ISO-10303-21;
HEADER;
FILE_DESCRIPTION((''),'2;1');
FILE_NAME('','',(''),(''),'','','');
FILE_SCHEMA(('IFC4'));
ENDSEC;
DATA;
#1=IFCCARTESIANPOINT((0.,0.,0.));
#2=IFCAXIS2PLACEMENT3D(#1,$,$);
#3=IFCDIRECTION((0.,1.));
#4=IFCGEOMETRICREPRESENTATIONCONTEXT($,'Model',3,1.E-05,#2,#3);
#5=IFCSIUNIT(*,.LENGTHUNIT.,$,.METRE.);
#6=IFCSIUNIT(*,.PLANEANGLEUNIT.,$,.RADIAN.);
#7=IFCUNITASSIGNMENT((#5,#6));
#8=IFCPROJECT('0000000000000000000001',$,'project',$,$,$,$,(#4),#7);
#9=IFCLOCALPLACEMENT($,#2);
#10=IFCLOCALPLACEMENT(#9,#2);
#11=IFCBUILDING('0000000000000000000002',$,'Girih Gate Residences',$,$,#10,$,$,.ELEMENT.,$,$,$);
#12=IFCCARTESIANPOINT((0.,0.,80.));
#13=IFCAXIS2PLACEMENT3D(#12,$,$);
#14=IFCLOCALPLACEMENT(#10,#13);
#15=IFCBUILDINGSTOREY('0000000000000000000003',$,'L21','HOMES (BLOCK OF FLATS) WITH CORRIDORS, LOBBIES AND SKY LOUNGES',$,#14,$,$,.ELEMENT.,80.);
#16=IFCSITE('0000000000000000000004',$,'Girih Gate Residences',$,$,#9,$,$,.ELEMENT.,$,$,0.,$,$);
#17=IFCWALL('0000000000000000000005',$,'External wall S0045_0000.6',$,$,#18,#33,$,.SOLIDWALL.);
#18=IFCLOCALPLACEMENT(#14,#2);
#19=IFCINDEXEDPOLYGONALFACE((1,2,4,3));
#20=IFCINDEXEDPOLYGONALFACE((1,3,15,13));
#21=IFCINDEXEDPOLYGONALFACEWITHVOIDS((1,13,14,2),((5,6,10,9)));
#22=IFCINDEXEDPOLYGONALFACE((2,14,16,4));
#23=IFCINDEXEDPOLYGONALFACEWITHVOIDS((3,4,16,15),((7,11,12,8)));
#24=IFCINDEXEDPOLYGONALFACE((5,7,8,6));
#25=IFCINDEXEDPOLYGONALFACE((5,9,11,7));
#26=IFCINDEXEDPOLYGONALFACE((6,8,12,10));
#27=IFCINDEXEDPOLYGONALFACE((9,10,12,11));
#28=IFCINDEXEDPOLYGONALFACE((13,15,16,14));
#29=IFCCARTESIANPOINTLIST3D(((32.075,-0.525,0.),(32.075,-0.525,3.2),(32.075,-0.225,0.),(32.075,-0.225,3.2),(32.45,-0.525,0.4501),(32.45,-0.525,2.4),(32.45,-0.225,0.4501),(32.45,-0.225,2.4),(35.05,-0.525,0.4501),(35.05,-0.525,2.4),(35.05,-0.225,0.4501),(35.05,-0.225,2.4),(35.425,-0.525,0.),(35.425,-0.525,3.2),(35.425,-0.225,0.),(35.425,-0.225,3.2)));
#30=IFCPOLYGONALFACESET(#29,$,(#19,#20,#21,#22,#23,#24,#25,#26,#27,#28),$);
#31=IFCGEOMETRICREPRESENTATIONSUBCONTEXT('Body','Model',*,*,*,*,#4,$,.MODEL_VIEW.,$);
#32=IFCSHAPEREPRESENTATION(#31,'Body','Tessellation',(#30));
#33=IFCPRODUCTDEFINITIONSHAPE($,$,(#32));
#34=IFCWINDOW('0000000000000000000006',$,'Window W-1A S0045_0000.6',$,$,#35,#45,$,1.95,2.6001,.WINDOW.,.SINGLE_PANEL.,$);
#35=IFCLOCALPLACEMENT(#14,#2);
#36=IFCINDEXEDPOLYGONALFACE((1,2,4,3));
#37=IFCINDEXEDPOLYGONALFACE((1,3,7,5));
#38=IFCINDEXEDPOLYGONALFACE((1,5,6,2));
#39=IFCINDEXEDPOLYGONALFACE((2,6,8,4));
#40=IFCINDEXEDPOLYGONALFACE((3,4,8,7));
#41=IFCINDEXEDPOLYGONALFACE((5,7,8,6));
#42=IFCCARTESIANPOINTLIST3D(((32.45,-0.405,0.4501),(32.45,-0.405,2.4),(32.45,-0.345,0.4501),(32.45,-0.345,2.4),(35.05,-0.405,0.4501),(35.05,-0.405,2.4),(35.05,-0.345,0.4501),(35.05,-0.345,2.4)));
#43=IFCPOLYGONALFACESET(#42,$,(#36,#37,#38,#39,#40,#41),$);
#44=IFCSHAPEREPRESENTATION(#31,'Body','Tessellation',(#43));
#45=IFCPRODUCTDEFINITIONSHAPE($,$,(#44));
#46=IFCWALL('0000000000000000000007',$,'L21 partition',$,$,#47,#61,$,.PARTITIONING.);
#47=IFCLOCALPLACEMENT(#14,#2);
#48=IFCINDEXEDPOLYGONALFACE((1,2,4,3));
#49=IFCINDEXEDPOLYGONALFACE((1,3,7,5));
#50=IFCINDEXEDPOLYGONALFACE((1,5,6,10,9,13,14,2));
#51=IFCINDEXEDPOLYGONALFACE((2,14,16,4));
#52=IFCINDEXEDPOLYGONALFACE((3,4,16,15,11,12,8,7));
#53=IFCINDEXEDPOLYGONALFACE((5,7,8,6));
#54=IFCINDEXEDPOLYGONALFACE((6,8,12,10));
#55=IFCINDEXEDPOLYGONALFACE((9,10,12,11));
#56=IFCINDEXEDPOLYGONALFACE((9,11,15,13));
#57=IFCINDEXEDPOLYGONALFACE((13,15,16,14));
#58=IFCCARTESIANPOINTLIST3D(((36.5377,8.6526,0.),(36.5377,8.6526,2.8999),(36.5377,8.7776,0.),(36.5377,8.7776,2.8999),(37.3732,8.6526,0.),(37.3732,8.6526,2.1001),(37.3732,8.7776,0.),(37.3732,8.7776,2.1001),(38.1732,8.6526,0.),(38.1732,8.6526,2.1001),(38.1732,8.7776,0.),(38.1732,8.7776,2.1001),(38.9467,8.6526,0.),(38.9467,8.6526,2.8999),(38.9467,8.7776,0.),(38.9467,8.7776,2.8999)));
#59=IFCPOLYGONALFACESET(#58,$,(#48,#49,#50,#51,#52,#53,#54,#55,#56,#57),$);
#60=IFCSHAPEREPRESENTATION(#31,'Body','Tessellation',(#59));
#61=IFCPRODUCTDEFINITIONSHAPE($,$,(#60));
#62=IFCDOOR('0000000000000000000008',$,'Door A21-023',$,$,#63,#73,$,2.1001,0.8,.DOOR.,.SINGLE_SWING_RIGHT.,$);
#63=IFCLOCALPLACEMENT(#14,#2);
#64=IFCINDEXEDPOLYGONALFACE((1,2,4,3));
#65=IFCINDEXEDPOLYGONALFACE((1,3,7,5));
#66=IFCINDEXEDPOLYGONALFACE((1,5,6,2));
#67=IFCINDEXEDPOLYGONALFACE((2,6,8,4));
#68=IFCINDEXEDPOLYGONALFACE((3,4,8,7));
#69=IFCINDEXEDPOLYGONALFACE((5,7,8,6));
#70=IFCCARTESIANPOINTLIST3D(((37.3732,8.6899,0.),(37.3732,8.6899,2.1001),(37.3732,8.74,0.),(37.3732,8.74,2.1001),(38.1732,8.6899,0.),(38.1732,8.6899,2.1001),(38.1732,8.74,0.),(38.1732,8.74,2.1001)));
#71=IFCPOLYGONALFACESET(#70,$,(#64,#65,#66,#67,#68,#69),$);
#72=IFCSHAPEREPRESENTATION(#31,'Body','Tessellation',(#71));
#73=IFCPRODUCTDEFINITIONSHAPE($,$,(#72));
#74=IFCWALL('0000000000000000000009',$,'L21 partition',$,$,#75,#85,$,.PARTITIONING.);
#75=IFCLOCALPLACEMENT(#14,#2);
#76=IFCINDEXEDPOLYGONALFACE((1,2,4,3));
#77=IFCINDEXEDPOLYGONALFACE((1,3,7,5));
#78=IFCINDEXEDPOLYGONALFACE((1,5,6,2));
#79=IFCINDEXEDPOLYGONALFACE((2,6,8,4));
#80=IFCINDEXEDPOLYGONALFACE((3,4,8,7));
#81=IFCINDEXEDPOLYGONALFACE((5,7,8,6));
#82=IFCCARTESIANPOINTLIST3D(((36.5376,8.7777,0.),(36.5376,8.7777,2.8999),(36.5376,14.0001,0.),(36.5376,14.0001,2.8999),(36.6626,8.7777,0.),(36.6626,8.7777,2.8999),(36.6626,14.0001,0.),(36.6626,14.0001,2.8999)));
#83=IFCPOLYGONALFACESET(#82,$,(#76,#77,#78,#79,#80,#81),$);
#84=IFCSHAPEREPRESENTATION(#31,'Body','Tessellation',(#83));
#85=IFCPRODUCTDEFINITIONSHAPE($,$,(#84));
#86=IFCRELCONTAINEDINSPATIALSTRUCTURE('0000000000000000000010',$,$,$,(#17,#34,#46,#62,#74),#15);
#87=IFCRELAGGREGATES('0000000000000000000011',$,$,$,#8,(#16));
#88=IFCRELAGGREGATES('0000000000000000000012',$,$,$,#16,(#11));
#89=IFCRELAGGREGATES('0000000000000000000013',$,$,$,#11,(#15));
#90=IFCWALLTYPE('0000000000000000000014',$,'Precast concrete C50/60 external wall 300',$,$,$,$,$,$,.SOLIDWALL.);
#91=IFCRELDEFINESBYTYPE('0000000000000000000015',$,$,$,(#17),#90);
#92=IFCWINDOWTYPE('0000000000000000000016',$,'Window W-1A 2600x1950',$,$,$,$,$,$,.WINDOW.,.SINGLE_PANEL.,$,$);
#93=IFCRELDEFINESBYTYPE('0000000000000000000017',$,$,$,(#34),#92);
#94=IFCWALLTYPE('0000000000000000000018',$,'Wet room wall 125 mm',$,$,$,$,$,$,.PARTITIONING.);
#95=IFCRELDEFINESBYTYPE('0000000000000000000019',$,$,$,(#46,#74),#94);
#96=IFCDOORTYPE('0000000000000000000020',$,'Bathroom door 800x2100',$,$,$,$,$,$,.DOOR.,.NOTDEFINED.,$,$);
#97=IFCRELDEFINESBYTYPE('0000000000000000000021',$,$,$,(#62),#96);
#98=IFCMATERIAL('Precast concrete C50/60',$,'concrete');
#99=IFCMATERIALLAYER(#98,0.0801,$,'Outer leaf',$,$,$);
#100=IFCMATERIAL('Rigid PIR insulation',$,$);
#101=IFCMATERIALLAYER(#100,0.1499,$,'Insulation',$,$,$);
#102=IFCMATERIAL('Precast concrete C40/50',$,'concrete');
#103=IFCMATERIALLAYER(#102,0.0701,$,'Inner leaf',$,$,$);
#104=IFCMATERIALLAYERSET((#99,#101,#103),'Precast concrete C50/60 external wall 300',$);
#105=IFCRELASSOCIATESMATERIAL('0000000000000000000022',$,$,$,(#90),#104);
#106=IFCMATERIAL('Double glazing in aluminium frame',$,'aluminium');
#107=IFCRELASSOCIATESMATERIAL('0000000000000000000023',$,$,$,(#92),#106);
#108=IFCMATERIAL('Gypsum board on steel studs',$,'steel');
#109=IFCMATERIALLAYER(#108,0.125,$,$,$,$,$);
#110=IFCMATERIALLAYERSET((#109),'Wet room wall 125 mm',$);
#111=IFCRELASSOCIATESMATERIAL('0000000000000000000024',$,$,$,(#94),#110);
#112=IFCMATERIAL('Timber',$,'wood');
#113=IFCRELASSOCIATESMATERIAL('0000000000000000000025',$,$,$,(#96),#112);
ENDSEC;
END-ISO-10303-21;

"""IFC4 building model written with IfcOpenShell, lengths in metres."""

from ifc_helpers import new_model, si_unit, direction, frame, frame_2d, origin, place, context, subcontext, project, spatial, rectangle, extrude, material, layer, layer_set, type_object, element, fill, save


model = new_model("IFC4")

# Units and contexts
model_context = context("Model", 3, precision=1e-05, world=origin(), true_north=direction((0.0, 1.0)))
body_context = subcontext(model_context, "Body", "Model", "MODEL_VIEW")
ifc_project = project(units=[si_unit("LENGTHUNIT", "METRE"), si_unit("PLANEANGLEUNIT", "RADIAN")], contexts=[model_context])

# Site, building, storey
site_placement = place(None, origin())
site = spatial("IfcSite", under=ifc_project, at=site_placement, Name="Girih Gate Residences", CompositionType="ELEMENT", RefElevation=0.0)
building_placement = place(site_placement, origin())
building = spatial("IfcBuilding", under=site, at=building_placement, Name="Girih Gate Residences", CompositionType="ELEMENT")
storey_placement = place(building_placement, frame((0.0, 0.0, 80.0)))
storey = spatial("IfcBuildingStorey", under=building, at=storey_placement, Name="L21", Description="HOMES (BLOCK OF FLATS) WITH CORRIDORS, LOBBIES AND SKY LOUNGES", CompositionType="ELEMENT", Elevation=80.0)

# Shared definitions
ifc_material_1 = material(Name="Gypsum board on steel studs", Category="steel")

# Shared definitions
ifc_material_2 = material(Name="Timber", Category="wood")

# Wall, opening, window
ifc_material_3 = material(Name="Precast concrete C50/60", Category="concrete")
ifc_layer_1 = layer(ifc_material_3, 0.0801, Name="Outer leaf")
ifc_material_4 = material(Name="Rigid PIR insulation")
ifc_layer_2 = layer(ifc_material_4, 0.1499, Name="Insulation")
ifc_material_5 = material(Name="Precast concrete C40/50", Category="concrete")
ifc_layer_3 = layer(ifc_material_5, 0.0701, Name="Inner leaf")
ifc_layer_set_1 = layer_set([ifc_layer_1, ifc_layer_2, ifc_layer_3], Name="Precast concrete C50/60 external wall 300")
wall_type_1 = type_object("IfcWallType", Name="Precast concrete C50/60 external wall 300", PredefinedType="SOLIDWALL", material=ifc_layer_set_1)
ifc_material_6 = material(Name="Double glazing in aluminium frame", Category="aluminium")
window_type = type_object("IfcWindowType", Name="Window W-1A 2600x1950", PartitioningType="SINGLE_PANEL", PredefinedType="WINDOW", material=ifc_material_6)
wall_1_placement = place(storey_placement, frame((35.425, -0.375, 0.0), z_axis=(0.0, 0.0, 1.0), x_axis=(-1.0, 0.0, 0.0)))
wall_1 = element("IfcWall", 1, at=wall_1_placement, inside=storey, type_object=wall_type_1, Name="External wall S0045_0000.6", PredefinedType="SOLIDWALL", context=body_context, shape_type="SweptSolid", body=[
    extrude(rectangle(XDim=3.3501, YDim=0.3, at=frame_2d((1.675, 0.0))), origin(), (0.0, 0.0, 1.0), 3.2),
])
opening_1_placement = place(wall_1_placement, frame((0.375, 0.0, 0.45)))
opening_1 = element("IfcOpeningElement", 2, at=opening_1_placement, cuts=wall_1, PredefinedType="OPENING", context=body_context, shape_type="SweptSolid", body=[
    extrude(rectangle(XDim=2.6001, YDim=1.95, at=frame_2d((1.3, 0.9751))), frame((0.0, 0.1599, 0.0), z_axis=(0.0, -1.0, 0.0), x_axis=(1.0, 0.0, 0.0)), (0.0, 0.0, 1.0), 0.3201),
])
window_1_placement = place(opening_1_placement, origin())
window_1 = element("IfcWindow", 3, at=window_1_placement, inside=storey, type_object=window_type, Name="Window W-1A S0045_0000.6", OverallHeight=1.95, OverallWidth=2.6001, PartitioningType="SINGLE_PANEL", PredefinedType="WINDOW", context=body_context, shape_type="SweptSolid", body=[
    extrude(rectangle(XDim=2.6001, YDim=1.95, at=frame_2d((1.3, 0.9751))), frame((0.0, 0.03, 0.0), z_axis=(0.0, -1.0, 0.0), x_axis=(1.0, 0.0, 0.0)), (0.0, 0.0, 1.0), 0.0601),
])
fill(opening_1, window_1)

# Wall, opening, door
ifc_layer_4 = layer(ifc_material_1, 0.125)
ifc_layer_set_2 = layer_set([ifc_layer_4], Name="Wet room wall 125 mm")
wall_type_2 = type_object("IfcWallType", Name="Wet room wall 125 mm", PredefinedType="PARTITIONING", material=ifc_layer_set_2)
wall_2_placement = place(storey_placement, frame((36.5376, 8.7151, 0.0), z_axis=(0.0, 0.0, 1.0), x_axis=(1.0, 0.0, 0.0)))
wall_2 = element("IfcWall", 4, at=wall_2_placement, inside=storey, type_object=wall_type_2, Name="L21 partition", PredefinedType="PARTITIONING", context=body_context, shape_type="SweptSolid", body=[
    extrude(rectangle(XDim=2.4089, YDim=0.125, at=frame_2d((1.2046, 0.0))), origin(), (0.0, 0.0, 1.0), 2.8999),
])
opening_2_placement = place(wall_2_placement, frame((0.8357, 0.0, 0.0)))
opening_2 = element("IfcOpeningElement", 5, at=opening_2_placement, cuts=wall_2, PredefinedType="OPENING", context=body_context, shape_type="SweptSolid", body=[
    extrude(rectangle(XDim=0.8, YDim=2.1001, at=frame_2d((0.3999, 1.05))), frame((0.0, 0.0725, 0.0), z_axis=(0.0, -1.0, 0.0), x_axis=(1.0, 0.0, 0.0)), (0.0, 0.0, 1.0), 0.145),
])
door_type_1 = type_object("IfcDoorType", Name="Bathroom door 800x2100", OperationType="NOTDEFINED", PredefinedType="DOOR", material=ifc_material_2)
door_1_placement = place(opening_2_placement, origin())
door_1 = element("IfcDoor", 6, at=door_1_placement, inside=storey, type_object=door_type_1, Name="Door A21-023", OperationType="SINGLE_SWING_RIGHT", OverallHeight=2.1001, OverallWidth=0.8, PredefinedType="DOOR", context=body_context, shape_type="SweptSolid", body=[
    extrude(rectangle(XDim=0.8, YDim=2.1001, at=frame_2d((0.3999, 1.05))), frame((0.0, 0.0249, 0.0), z_axis=(0.0, -1.0, 0.0), x_axis=(1.0, 0.0, 0.0)), (0.0, 0.0, 1.0), 0.05),
])
fill(opening_2, door_1)

# Wall
wall_3_placement = place(storey_placement, frame((36.6001, 8.7776, 0.0), z_axis=(0.0, 0.0, 1.0), x_axis=(0.0, 1.0, 0.0)))
element("IfcWall", 7, at=wall_3_placement, inside=storey, type_object=wall_type_2, Name="L21 partition", PredefinedType="PARTITIONING", context=body_context, shape_type="SweptSolid", body=[
    extrude(rectangle(XDim=5.2224, YDim=0.125, at=frame_2d((2.6113, 0.0))), origin(), (0.0, 0.0, 1.0), 2.8999),
])

save(model, "model.ifc")
